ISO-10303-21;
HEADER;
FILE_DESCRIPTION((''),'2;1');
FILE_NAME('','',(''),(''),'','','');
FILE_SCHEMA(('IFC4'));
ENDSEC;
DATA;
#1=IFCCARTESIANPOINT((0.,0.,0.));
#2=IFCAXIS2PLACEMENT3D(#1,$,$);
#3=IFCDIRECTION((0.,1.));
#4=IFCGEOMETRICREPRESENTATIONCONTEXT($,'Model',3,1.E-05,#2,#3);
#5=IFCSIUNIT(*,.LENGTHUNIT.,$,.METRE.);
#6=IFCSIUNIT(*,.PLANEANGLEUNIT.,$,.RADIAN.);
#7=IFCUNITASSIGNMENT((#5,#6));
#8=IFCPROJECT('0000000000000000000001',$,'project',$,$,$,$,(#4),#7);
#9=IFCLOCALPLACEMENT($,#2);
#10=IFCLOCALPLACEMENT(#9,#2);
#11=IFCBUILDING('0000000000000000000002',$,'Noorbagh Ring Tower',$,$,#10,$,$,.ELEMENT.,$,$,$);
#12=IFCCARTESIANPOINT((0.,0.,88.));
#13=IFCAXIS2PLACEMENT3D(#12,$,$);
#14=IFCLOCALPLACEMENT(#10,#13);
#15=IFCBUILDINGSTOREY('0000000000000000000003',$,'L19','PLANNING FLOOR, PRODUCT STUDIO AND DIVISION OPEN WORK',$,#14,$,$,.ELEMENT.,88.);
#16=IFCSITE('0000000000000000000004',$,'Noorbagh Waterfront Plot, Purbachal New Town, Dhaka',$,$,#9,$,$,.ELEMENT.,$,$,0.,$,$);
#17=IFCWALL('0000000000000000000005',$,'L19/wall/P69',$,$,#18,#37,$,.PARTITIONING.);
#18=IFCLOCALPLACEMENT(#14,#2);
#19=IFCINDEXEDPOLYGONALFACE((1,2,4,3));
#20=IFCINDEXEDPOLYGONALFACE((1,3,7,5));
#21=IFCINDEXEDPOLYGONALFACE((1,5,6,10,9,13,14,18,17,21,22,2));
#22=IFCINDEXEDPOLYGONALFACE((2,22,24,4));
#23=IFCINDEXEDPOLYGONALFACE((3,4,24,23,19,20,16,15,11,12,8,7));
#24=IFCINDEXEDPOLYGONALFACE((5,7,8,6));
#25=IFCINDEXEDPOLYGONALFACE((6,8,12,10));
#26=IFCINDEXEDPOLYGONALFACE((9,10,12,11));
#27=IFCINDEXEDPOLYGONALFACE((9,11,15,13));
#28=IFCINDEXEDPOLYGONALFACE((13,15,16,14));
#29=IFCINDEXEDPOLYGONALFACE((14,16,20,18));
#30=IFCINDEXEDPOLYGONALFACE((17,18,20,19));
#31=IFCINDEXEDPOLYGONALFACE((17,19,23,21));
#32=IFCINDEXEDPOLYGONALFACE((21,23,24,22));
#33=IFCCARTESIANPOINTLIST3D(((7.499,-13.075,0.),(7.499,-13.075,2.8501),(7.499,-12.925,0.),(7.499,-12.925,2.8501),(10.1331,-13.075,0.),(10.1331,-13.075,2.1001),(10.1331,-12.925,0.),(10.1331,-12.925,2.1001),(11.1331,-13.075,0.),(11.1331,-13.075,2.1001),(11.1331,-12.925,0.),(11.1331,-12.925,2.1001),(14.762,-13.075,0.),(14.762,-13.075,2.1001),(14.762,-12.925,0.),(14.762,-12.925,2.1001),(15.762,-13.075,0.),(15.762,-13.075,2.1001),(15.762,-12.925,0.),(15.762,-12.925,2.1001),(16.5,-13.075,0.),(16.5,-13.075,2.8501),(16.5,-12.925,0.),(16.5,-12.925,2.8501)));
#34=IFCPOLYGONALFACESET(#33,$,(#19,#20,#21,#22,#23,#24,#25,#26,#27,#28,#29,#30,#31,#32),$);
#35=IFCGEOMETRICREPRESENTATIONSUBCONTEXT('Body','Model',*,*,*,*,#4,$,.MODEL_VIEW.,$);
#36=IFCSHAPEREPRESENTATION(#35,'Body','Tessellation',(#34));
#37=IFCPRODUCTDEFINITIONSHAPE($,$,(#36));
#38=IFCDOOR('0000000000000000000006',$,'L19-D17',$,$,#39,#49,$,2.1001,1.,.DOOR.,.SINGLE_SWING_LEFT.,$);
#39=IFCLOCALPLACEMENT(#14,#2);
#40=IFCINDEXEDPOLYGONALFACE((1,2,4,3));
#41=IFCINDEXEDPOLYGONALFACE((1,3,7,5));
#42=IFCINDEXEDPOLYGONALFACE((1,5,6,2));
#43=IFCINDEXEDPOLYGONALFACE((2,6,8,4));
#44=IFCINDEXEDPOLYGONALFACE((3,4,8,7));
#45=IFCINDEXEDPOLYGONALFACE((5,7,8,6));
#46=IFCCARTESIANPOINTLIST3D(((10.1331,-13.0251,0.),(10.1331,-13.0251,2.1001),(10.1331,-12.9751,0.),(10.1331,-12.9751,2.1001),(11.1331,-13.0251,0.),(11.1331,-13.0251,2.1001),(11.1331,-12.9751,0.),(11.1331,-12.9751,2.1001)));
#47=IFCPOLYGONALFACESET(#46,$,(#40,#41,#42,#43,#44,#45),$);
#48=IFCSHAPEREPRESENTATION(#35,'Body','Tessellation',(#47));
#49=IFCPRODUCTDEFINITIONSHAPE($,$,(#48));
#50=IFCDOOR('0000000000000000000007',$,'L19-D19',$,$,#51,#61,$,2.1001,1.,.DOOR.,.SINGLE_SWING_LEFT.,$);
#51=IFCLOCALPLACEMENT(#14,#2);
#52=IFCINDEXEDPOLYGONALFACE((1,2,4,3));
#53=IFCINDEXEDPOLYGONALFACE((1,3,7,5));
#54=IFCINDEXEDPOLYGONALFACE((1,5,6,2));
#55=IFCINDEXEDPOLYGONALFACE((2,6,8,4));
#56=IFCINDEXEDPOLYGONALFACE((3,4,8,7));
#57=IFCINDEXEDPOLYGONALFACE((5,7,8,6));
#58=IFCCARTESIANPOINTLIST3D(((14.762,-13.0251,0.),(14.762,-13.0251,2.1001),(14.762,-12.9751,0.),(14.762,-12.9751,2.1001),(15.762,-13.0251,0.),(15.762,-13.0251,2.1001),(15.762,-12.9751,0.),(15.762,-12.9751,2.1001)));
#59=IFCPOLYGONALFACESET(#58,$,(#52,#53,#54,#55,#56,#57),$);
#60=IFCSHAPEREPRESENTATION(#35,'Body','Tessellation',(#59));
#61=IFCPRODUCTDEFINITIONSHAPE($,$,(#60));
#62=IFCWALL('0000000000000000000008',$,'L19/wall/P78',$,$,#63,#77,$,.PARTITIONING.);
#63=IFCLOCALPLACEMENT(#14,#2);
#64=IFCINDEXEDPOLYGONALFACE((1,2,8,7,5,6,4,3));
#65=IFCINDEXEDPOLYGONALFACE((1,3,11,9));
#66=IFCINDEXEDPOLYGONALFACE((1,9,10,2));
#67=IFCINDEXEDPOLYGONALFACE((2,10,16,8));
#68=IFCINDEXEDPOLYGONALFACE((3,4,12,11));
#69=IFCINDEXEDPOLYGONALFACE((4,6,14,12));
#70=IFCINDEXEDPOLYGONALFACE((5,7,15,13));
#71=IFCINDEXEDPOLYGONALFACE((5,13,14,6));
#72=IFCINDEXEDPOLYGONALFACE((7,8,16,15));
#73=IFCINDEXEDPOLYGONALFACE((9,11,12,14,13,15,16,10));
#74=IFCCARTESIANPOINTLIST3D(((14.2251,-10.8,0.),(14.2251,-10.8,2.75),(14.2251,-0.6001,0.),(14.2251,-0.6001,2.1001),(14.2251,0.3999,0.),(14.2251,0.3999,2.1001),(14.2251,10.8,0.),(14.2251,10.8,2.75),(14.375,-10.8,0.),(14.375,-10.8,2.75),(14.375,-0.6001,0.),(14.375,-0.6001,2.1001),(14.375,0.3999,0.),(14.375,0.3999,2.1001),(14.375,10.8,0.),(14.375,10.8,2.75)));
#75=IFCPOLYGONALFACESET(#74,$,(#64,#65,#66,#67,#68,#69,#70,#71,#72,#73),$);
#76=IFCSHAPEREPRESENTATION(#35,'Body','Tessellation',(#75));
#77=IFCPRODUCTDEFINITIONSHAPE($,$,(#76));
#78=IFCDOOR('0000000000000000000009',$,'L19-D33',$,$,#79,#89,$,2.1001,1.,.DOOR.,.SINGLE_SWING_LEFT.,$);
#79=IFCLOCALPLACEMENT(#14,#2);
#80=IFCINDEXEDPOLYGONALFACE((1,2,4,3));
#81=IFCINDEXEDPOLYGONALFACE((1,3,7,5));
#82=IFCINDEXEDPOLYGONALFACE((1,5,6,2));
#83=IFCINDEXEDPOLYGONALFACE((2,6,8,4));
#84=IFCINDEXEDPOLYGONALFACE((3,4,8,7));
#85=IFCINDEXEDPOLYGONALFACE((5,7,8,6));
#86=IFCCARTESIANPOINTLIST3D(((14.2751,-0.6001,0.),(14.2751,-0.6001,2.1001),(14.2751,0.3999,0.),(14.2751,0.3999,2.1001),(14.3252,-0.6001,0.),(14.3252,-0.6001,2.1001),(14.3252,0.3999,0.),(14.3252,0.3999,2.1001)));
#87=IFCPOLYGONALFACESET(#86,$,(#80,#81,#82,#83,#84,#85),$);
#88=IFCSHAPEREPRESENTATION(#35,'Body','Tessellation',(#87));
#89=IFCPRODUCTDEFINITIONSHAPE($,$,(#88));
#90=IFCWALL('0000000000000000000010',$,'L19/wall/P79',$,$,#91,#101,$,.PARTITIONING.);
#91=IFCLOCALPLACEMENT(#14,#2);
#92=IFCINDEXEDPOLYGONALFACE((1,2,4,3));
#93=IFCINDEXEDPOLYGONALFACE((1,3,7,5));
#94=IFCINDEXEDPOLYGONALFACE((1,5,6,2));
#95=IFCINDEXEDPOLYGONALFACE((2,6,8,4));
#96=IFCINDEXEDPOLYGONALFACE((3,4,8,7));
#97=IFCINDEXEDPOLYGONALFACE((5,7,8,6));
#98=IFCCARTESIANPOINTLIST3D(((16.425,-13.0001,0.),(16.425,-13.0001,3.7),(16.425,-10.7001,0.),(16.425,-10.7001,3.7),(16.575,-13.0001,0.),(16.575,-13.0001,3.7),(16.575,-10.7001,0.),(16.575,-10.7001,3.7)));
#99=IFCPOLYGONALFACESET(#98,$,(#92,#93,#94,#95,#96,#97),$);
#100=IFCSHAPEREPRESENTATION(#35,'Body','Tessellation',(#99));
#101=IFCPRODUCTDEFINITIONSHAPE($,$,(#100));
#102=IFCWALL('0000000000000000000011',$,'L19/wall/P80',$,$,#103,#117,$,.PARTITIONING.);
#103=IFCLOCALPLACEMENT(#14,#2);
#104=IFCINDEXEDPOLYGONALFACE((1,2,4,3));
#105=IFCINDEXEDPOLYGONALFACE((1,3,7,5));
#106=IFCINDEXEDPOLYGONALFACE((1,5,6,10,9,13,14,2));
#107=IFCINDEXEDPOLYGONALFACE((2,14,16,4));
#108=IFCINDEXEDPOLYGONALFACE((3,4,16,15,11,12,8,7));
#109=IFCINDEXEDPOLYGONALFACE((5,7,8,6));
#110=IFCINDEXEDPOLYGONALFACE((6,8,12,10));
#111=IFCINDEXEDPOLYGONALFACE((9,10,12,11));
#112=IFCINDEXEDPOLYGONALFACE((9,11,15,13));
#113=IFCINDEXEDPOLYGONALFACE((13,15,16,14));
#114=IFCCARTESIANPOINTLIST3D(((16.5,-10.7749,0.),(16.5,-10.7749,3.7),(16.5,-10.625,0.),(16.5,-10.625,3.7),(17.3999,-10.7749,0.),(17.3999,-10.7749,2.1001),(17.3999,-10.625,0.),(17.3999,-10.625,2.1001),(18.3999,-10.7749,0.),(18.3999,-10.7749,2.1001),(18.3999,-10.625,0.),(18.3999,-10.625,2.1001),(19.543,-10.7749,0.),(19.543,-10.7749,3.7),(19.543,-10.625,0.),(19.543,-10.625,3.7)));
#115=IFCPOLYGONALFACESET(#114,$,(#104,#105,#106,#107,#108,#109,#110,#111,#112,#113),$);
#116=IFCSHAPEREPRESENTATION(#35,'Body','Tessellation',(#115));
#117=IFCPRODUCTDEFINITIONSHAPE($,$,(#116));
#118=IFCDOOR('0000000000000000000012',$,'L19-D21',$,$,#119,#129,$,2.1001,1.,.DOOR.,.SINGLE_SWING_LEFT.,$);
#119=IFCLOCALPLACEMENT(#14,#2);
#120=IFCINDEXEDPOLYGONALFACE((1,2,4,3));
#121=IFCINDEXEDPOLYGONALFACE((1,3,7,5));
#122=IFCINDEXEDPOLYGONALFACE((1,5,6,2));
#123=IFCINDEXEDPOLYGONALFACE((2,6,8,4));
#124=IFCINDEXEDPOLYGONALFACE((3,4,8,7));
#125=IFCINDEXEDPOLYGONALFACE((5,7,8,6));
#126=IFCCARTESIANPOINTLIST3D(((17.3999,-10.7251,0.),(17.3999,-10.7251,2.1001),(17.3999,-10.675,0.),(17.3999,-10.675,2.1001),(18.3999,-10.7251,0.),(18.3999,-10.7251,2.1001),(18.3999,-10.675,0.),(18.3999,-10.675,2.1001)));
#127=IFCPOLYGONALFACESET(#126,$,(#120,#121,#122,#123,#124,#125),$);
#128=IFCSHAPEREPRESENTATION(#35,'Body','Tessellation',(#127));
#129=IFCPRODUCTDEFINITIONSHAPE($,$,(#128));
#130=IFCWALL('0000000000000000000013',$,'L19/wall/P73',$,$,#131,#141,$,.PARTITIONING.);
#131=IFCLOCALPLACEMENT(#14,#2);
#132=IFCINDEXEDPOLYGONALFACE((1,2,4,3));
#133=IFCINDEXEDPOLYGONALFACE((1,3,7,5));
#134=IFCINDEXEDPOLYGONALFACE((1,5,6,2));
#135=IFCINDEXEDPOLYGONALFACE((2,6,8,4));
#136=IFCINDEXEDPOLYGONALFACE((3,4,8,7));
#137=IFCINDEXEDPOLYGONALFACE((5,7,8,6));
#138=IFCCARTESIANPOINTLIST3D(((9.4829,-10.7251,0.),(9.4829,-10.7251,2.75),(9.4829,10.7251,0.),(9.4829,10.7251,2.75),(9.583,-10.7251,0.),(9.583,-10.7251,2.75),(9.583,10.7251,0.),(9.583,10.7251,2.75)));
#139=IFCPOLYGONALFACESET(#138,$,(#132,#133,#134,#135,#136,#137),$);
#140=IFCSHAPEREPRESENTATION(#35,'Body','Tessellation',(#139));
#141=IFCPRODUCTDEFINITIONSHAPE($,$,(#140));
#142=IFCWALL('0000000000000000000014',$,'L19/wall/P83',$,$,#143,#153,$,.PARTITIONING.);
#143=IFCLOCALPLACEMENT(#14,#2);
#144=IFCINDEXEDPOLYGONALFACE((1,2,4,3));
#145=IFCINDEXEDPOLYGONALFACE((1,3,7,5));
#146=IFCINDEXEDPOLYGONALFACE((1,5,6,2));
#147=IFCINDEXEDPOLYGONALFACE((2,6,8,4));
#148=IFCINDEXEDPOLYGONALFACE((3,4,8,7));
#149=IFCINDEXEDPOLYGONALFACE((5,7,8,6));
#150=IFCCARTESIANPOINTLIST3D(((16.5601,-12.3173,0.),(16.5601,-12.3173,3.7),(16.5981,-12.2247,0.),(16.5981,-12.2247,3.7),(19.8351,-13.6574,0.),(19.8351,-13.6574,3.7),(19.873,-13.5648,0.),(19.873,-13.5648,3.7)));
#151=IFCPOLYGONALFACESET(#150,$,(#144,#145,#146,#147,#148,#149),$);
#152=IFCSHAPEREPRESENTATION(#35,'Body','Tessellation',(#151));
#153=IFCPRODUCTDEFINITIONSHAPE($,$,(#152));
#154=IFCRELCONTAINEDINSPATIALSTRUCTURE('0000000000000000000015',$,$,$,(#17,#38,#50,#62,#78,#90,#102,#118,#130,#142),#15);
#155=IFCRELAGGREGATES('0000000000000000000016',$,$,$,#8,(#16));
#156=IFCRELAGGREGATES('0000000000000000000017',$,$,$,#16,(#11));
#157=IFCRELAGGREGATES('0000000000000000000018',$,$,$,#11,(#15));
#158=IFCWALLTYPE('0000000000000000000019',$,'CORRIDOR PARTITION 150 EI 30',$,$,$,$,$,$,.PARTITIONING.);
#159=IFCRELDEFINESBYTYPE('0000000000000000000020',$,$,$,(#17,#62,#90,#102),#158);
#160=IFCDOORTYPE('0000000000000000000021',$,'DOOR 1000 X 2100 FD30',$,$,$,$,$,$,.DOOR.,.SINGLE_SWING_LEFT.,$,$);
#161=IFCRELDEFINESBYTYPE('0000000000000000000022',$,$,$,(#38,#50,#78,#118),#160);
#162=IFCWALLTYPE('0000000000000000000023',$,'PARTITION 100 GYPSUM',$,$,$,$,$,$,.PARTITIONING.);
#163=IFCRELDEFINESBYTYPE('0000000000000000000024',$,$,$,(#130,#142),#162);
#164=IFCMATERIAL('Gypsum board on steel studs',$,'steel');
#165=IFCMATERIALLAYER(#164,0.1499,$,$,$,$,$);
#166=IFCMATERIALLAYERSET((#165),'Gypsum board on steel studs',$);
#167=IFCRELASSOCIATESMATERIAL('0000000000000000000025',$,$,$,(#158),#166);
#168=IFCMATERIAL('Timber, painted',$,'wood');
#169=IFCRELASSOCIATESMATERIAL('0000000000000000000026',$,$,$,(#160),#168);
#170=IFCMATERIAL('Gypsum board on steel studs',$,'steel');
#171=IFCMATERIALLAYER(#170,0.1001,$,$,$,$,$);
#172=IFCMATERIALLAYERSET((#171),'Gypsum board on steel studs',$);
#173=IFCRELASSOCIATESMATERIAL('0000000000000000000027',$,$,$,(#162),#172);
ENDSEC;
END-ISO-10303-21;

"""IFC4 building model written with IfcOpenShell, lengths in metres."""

from ifc_helpers import new_model, si_unit, direction, frame, frame_2d, origin, place, context, subcontext, project, spatial, rectangle, extrude, material, layer, layer_set, type_object, element, fill, save


model = new_model("IFC4")

# Units and contexts
model_context = context("Model", 3, precision=1e-05, world=origin(), true_north=direction((0.0, 1.0)))
body_context = subcontext(model_context, "Body", "Model", "MODEL_VIEW")
ifc_project = project(units=[si_unit("LENGTHUNIT", "METRE"), si_unit("PLANEANGLEUNIT", "RADIAN")], contexts=[model_context])

# Site, building, storey
site_placement = place(None, origin())
site = spatial("IfcSite", under=ifc_project, at=site_placement, Name="Noorbagh Waterfront Plot, Purbachal New Town, Dhaka", CompositionType="ELEMENT", RefElevation=0.0)
building_placement = place(site_placement, origin())
building = spatial("IfcBuilding", under=site, at=building_placement, Name="Noorbagh Ring Tower", CompositionType="ELEMENT")
storey_placement = place(building_placement, frame((0.0, 0.0, 88.0)))
storey = spatial("IfcBuildingStorey", under=building, at=storey_placement, Name="L19", Description="PLANNING FLOOR, PRODUCT STUDIO AND DIVISION OPEN WORK", CompositionType="ELEMENT", Elevation=88.0)

# Wall, openings, doors
ifc_material_1 = material(Name="Gypsum board on steel studs", Category="steel")
ifc_layer_1 = layer(ifc_material_1, 0.1499)
ifc_layer_set_1 = layer_set([ifc_layer_1], Name="Gypsum board on steel studs")
wall_type_1 = type_object("IfcWallType", Name="CORRIDOR PARTITION 150 EI 30", PredefinedType="PARTITIONING", material=ifc_layer_set_1)
wall_1_placement = place(storey_placement, frame((7.499, -13.0, 0.0), z_axis=(0.0, 0.0, 1.0), x_axis=(1.0, 0.0, 0.0)))
wall_1 = element("IfcWall", 1, at=wall_1_placement, inside=storey, type_object=wall_type_1, Name="L19/wall/P69", PredefinedType="PARTITIONING", context=body_context, shape_type="SweptSolid", body=[
    extrude(rectangle(XDim=9.001, YDim=0.1499, at=frame_2d((4.5005, 0.0))), origin(), (0.0, 0.0, 1.0), 2.8501),
])
opening_1_placement = place(wall_1_placement, frame((2.634, 0.0, 0.0)))
opening_1 = element("IfcOpeningElement", 2, at=opening_1_placement, cuts=wall_1, PredefinedType="OPENING", context=body_context, shape_type="SweptSolid", body=[
    extrude(rectangle(XDim=1.0, YDim=2.1001, at=frame_2d((0.5, 1.05))), frame((0.0, 0.085, 0.0), z_axis=(0.0, -1.0, 0.0), x_axis=(1.0, 0.0, 0.0)), (0.0, 0.0, 1.0), 0.1699),
])
opening_2_placement = place(wall_1_placement, frame((7.2629, 0.0, 0.0)))
opening_2 = element("IfcOpeningElement", 3, at=opening_2_placement, cuts=wall_1, PredefinedType="OPENING", context=body_context, shape_type="SweptSolid", body=[
    extrude(rectangle(XDim=1.0, YDim=2.1001, at=frame_2d((0.5, 1.05))), frame((0.0, 0.085, 0.0), z_axis=(0.0, -1.0, 0.0), x_axis=(1.0, 0.0, 0.0)), (0.0, 0.0, 1.0), 0.1699),
])
ifc_material_2 = material(Name="Timber, painted", Category="wood")
door_type_1 = type_object("IfcDoorType", Name="DOOR 1000 X 2100 FD30", OperationType="SINGLE_SWING_LEFT", PredefinedType="DOOR", material=ifc_material_2)
door_1_placement = place(opening_1_placement, origin())
door_1 = element("IfcDoor", 4, at=door_1_placement, inside=storey, type_object=door_type_1, Name="L19-D17", OperationType="SINGLE_SWING_LEFT", OverallHeight=2.1001, OverallWidth=1.0, PredefinedType="DOOR", context=body_context, shape_type="SweptSolid", body=[
    extrude(rectangle(XDim=1.0, YDim=2.1001, at=frame_2d((0.5, 1.05))), frame((0.0, 0.0249, 0.0), z_axis=(0.0, -1.0, 0.0), x_axis=(1.0, 0.0, 0.0)), (0.0, 0.0, 1.0), 0.05),
])
fill(opening_1, door_1)
door_2_placement = place(opening_2_placement, origin())
door_2 = element("IfcDoor", 5, at=door_2_placement, inside=storey, type_object=door_type_1, Name="L19-D19", OperationType="SINGLE_SWING_LEFT", OverallHeight=2.1001, OverallWidth=1.0, PredefinedType="DOOR", context=body_context, shape_type="SweptSolid", body=[
    extrude(rectangle(XDim=1.0, YDim=2.1001, at=frame_2d((0.5, 1.05))), frame((0.0, 0.0249, 0.0), z_axis=(0.0, -1.0, 0.0), x_axis=(1.0, 0.0, 0.0)), (0.0, 0.0, 1.0), 0.05),
])
fill(opening_2, door_2)

# Wall, opening, door
wall_2_placement = place(storey_placement, frame((14.3, -10.8, 0.0), z_axis=(0.0, 0.0, 1.0), x_axis=(0.0, 1.0, 0.0)))
wall_2 = element("IfcWall", 6, at=wall_2_placement, inside=storey, type_object=wall_type_1, Name="L19/wall/P78", PredefinedType="PARTITIONING", context=body_context, shape_type="SweptSolid", body=[
    extrude(rectangle(XDim=21.6001, YDim=0.1499, at=frame_2d((10.8, 0.0))), origin(), (0.0, 0.0, 1.0), 2.75),
])
opening_3_placement = place(wall_2_placement, frame((10.2, 0.0, 0.0)))
opening_3 = element("IfcOpeningElement", 7, at=opening_3_placement, cuts=wall_2, PredefinedType="OPENING", context=body_context, shape_type="SweptSolid", body=[
    extrude(rectangle(XDim=1.0, YDim=2.1001, at=frame_2d((0.5, 1.05))), frame((0.0, 0.085, 0.0), z_axis=(0.0, -1.0, 0.0), x_axis=(1.0, 0.0, 0.0)), (0.0, 0.0, 1.0), 0.1699),
])
door_3_placement = place(opening_3_placement, origin())
door_3 = element("IfcDoor", 8, at=door_3_placement, inside=storey, type_object=door_type_1, Name="L19-D33", OperationType="SINGLE_SWING_LEFT", OverallHeight=2.1001, OverallWidth=1.0, PredefinedType="DOOR", context=body_context, shape_type="SweptSolid", body=[
    extrude(rectangle(XDim=1.0, YDim=2.1001, at=frame_2d((0.5, 1.05))), frame((0.0, 0.0249, 0.0), z_axis=(0.0, -1.0, 0.0), x_axis=(1.0, 0.0, 0.0)), (0.0, 0.0, 1.0), 0.05),
])
fill(opening_3, door_3)

# Wall
wall_3_placement = place(storey_placement, frame((16.5, -13.0, 0.0), z_axis=(0.0, 0.0, 1.0), x_axis=(0.0, 1.0, 0.0)))
element("IfcWall", 9, at=wall_3_placement, inside=storey, type_object=wall_type_1, Name="L19/wall/P79", PredefinedType="PARTITIONING", context=body_context, shape_type="SweptSolid", body=[
    extrude(rectangle(XDim=2.3, YDim=0.1499, at=frame_2d((1.1499, 0.0))), origin(), (0.0, 0.0, 1.0), 3.7),
])

# Wall, opening, door
wall_4_placement = place(storey_placement, frame((16.5, -10.7, 0.0), z_axis=(0.0, 0.0, 1.0), x_axis=(1.0, 0.0, 0.0)))
wall_4 = element("IfcWall", 10, at=wall_4_placement, inside=storey, type_object=wall_type_1, Name="L19/wall/P80", PredefinedType="PARTITIONING", context=body_context, shape_type="SweptSolid", body=[
    extrude(rectangle(XDim=3.043, YDim=0.1499, at=frame_2d((1.5215, 0.0))), origin(), (0.0, 0.0, 1.0), 3.7),
])
opening_4_placement = place(wall_4_placement, frame((0.8999, 0.0, 0.0)))
opening_4 = element("IfcOpeningElement", 11, at=opening_4_placement, cuts=wall_4, PredefinedType="OPENING", context=body_context, shape_type="SweptSolid", body=[
    extrude(rectangle(XDim=1.0, YDim=2.1001, at=frame_2d((0.5, 1.05))), frame((0.0, 0.085, 0.0), z_axis=(0.0, -1.0, 0.0), x_axis=(1.0, 0.0, 0.0)), (0.0, 0.0, 1.0), 0.1699),
])
door_4_placement = place(opening_4_placement, origin())
door_4 = element("IfcDoor", 12, at=door_4_placement, inside=storey, type_object=door_type_1, Name="L19-D21", OperationType="SINGLE_SWING_LEFT", OverallHeight=2.1001, OverallWidth=1.0, PredefinedType="DOOR", context=body_context, shape_type="SweptSolid", body=[
    extrude(rectangle(XDim=1.0, YDim=2.1001, at=frame_2d((0.5, 1.05))), frame((0.0, 0.0249, 0.0), z_axis=(0.0, -1.0, 0.0), x_axis=(1.0, 0.0, 0.0)), (0.0, 0.0, 1.0), 0.05),
])
fill(opening_4, door_4)

# Walls
ifc_material_3 = material(Name="Gypsum board on steel studs", Category="steel")
ifc_layer_2 = layer(ifc_material_3, 0.1001)
ifc_layer_set_2 = layer_set([ifc_layer_2], Name="Gypsum board on steel studs")
wall_type_2 = type_object("IfcWallType", Name="PARTITION 100 GYPSUM", PredefinedType="PARTITIONING", material=ifc_layer_set_2)
wall_5_placement = place(storey_placement, frame((9.533, -10.7251, 0.0), z_axis=(0.0, 0.0, 1.0), x_axis=(0.0, 1.0, 0.0)))
element("IfcWall", 13, at=wall_5_placement, inside=storey, type_object=wall_type_2, Name="L19/wall/P73", PredefinedType="PARTITIONING", context=body_context, shape_type="SweptSolid", body=[
    extrude(rectangle(XDim=21.4502, YDim=0.1001, at=frame_2d((10.7251, 0.0))), origin(), (0.0, 0.0, 1.0), 2.75),
])
wall_6_placement = place(storey_placement, frame((16.5791, -12.271, 0.0), z_axis=(0.0, 0.0, 1.0), x_axis=(0.925512, -0.378719, 0.0)))
element("IfcWall", 14, at=wall_6_placement, inside=storey, type_object=wall_type_2, Name="L19/wall/P83", PredefinedType="PARTITIONING", context=body_context, shape_type="SweptSolid", body=[
    extrude(rectangle(XDim=3.5386, YDim=0.1001, at=frame_2d((1.7693, 0.0))), origin(), (0.0, 0.0, 1.0), 3.7),
])

save(model, "model.ifc")
